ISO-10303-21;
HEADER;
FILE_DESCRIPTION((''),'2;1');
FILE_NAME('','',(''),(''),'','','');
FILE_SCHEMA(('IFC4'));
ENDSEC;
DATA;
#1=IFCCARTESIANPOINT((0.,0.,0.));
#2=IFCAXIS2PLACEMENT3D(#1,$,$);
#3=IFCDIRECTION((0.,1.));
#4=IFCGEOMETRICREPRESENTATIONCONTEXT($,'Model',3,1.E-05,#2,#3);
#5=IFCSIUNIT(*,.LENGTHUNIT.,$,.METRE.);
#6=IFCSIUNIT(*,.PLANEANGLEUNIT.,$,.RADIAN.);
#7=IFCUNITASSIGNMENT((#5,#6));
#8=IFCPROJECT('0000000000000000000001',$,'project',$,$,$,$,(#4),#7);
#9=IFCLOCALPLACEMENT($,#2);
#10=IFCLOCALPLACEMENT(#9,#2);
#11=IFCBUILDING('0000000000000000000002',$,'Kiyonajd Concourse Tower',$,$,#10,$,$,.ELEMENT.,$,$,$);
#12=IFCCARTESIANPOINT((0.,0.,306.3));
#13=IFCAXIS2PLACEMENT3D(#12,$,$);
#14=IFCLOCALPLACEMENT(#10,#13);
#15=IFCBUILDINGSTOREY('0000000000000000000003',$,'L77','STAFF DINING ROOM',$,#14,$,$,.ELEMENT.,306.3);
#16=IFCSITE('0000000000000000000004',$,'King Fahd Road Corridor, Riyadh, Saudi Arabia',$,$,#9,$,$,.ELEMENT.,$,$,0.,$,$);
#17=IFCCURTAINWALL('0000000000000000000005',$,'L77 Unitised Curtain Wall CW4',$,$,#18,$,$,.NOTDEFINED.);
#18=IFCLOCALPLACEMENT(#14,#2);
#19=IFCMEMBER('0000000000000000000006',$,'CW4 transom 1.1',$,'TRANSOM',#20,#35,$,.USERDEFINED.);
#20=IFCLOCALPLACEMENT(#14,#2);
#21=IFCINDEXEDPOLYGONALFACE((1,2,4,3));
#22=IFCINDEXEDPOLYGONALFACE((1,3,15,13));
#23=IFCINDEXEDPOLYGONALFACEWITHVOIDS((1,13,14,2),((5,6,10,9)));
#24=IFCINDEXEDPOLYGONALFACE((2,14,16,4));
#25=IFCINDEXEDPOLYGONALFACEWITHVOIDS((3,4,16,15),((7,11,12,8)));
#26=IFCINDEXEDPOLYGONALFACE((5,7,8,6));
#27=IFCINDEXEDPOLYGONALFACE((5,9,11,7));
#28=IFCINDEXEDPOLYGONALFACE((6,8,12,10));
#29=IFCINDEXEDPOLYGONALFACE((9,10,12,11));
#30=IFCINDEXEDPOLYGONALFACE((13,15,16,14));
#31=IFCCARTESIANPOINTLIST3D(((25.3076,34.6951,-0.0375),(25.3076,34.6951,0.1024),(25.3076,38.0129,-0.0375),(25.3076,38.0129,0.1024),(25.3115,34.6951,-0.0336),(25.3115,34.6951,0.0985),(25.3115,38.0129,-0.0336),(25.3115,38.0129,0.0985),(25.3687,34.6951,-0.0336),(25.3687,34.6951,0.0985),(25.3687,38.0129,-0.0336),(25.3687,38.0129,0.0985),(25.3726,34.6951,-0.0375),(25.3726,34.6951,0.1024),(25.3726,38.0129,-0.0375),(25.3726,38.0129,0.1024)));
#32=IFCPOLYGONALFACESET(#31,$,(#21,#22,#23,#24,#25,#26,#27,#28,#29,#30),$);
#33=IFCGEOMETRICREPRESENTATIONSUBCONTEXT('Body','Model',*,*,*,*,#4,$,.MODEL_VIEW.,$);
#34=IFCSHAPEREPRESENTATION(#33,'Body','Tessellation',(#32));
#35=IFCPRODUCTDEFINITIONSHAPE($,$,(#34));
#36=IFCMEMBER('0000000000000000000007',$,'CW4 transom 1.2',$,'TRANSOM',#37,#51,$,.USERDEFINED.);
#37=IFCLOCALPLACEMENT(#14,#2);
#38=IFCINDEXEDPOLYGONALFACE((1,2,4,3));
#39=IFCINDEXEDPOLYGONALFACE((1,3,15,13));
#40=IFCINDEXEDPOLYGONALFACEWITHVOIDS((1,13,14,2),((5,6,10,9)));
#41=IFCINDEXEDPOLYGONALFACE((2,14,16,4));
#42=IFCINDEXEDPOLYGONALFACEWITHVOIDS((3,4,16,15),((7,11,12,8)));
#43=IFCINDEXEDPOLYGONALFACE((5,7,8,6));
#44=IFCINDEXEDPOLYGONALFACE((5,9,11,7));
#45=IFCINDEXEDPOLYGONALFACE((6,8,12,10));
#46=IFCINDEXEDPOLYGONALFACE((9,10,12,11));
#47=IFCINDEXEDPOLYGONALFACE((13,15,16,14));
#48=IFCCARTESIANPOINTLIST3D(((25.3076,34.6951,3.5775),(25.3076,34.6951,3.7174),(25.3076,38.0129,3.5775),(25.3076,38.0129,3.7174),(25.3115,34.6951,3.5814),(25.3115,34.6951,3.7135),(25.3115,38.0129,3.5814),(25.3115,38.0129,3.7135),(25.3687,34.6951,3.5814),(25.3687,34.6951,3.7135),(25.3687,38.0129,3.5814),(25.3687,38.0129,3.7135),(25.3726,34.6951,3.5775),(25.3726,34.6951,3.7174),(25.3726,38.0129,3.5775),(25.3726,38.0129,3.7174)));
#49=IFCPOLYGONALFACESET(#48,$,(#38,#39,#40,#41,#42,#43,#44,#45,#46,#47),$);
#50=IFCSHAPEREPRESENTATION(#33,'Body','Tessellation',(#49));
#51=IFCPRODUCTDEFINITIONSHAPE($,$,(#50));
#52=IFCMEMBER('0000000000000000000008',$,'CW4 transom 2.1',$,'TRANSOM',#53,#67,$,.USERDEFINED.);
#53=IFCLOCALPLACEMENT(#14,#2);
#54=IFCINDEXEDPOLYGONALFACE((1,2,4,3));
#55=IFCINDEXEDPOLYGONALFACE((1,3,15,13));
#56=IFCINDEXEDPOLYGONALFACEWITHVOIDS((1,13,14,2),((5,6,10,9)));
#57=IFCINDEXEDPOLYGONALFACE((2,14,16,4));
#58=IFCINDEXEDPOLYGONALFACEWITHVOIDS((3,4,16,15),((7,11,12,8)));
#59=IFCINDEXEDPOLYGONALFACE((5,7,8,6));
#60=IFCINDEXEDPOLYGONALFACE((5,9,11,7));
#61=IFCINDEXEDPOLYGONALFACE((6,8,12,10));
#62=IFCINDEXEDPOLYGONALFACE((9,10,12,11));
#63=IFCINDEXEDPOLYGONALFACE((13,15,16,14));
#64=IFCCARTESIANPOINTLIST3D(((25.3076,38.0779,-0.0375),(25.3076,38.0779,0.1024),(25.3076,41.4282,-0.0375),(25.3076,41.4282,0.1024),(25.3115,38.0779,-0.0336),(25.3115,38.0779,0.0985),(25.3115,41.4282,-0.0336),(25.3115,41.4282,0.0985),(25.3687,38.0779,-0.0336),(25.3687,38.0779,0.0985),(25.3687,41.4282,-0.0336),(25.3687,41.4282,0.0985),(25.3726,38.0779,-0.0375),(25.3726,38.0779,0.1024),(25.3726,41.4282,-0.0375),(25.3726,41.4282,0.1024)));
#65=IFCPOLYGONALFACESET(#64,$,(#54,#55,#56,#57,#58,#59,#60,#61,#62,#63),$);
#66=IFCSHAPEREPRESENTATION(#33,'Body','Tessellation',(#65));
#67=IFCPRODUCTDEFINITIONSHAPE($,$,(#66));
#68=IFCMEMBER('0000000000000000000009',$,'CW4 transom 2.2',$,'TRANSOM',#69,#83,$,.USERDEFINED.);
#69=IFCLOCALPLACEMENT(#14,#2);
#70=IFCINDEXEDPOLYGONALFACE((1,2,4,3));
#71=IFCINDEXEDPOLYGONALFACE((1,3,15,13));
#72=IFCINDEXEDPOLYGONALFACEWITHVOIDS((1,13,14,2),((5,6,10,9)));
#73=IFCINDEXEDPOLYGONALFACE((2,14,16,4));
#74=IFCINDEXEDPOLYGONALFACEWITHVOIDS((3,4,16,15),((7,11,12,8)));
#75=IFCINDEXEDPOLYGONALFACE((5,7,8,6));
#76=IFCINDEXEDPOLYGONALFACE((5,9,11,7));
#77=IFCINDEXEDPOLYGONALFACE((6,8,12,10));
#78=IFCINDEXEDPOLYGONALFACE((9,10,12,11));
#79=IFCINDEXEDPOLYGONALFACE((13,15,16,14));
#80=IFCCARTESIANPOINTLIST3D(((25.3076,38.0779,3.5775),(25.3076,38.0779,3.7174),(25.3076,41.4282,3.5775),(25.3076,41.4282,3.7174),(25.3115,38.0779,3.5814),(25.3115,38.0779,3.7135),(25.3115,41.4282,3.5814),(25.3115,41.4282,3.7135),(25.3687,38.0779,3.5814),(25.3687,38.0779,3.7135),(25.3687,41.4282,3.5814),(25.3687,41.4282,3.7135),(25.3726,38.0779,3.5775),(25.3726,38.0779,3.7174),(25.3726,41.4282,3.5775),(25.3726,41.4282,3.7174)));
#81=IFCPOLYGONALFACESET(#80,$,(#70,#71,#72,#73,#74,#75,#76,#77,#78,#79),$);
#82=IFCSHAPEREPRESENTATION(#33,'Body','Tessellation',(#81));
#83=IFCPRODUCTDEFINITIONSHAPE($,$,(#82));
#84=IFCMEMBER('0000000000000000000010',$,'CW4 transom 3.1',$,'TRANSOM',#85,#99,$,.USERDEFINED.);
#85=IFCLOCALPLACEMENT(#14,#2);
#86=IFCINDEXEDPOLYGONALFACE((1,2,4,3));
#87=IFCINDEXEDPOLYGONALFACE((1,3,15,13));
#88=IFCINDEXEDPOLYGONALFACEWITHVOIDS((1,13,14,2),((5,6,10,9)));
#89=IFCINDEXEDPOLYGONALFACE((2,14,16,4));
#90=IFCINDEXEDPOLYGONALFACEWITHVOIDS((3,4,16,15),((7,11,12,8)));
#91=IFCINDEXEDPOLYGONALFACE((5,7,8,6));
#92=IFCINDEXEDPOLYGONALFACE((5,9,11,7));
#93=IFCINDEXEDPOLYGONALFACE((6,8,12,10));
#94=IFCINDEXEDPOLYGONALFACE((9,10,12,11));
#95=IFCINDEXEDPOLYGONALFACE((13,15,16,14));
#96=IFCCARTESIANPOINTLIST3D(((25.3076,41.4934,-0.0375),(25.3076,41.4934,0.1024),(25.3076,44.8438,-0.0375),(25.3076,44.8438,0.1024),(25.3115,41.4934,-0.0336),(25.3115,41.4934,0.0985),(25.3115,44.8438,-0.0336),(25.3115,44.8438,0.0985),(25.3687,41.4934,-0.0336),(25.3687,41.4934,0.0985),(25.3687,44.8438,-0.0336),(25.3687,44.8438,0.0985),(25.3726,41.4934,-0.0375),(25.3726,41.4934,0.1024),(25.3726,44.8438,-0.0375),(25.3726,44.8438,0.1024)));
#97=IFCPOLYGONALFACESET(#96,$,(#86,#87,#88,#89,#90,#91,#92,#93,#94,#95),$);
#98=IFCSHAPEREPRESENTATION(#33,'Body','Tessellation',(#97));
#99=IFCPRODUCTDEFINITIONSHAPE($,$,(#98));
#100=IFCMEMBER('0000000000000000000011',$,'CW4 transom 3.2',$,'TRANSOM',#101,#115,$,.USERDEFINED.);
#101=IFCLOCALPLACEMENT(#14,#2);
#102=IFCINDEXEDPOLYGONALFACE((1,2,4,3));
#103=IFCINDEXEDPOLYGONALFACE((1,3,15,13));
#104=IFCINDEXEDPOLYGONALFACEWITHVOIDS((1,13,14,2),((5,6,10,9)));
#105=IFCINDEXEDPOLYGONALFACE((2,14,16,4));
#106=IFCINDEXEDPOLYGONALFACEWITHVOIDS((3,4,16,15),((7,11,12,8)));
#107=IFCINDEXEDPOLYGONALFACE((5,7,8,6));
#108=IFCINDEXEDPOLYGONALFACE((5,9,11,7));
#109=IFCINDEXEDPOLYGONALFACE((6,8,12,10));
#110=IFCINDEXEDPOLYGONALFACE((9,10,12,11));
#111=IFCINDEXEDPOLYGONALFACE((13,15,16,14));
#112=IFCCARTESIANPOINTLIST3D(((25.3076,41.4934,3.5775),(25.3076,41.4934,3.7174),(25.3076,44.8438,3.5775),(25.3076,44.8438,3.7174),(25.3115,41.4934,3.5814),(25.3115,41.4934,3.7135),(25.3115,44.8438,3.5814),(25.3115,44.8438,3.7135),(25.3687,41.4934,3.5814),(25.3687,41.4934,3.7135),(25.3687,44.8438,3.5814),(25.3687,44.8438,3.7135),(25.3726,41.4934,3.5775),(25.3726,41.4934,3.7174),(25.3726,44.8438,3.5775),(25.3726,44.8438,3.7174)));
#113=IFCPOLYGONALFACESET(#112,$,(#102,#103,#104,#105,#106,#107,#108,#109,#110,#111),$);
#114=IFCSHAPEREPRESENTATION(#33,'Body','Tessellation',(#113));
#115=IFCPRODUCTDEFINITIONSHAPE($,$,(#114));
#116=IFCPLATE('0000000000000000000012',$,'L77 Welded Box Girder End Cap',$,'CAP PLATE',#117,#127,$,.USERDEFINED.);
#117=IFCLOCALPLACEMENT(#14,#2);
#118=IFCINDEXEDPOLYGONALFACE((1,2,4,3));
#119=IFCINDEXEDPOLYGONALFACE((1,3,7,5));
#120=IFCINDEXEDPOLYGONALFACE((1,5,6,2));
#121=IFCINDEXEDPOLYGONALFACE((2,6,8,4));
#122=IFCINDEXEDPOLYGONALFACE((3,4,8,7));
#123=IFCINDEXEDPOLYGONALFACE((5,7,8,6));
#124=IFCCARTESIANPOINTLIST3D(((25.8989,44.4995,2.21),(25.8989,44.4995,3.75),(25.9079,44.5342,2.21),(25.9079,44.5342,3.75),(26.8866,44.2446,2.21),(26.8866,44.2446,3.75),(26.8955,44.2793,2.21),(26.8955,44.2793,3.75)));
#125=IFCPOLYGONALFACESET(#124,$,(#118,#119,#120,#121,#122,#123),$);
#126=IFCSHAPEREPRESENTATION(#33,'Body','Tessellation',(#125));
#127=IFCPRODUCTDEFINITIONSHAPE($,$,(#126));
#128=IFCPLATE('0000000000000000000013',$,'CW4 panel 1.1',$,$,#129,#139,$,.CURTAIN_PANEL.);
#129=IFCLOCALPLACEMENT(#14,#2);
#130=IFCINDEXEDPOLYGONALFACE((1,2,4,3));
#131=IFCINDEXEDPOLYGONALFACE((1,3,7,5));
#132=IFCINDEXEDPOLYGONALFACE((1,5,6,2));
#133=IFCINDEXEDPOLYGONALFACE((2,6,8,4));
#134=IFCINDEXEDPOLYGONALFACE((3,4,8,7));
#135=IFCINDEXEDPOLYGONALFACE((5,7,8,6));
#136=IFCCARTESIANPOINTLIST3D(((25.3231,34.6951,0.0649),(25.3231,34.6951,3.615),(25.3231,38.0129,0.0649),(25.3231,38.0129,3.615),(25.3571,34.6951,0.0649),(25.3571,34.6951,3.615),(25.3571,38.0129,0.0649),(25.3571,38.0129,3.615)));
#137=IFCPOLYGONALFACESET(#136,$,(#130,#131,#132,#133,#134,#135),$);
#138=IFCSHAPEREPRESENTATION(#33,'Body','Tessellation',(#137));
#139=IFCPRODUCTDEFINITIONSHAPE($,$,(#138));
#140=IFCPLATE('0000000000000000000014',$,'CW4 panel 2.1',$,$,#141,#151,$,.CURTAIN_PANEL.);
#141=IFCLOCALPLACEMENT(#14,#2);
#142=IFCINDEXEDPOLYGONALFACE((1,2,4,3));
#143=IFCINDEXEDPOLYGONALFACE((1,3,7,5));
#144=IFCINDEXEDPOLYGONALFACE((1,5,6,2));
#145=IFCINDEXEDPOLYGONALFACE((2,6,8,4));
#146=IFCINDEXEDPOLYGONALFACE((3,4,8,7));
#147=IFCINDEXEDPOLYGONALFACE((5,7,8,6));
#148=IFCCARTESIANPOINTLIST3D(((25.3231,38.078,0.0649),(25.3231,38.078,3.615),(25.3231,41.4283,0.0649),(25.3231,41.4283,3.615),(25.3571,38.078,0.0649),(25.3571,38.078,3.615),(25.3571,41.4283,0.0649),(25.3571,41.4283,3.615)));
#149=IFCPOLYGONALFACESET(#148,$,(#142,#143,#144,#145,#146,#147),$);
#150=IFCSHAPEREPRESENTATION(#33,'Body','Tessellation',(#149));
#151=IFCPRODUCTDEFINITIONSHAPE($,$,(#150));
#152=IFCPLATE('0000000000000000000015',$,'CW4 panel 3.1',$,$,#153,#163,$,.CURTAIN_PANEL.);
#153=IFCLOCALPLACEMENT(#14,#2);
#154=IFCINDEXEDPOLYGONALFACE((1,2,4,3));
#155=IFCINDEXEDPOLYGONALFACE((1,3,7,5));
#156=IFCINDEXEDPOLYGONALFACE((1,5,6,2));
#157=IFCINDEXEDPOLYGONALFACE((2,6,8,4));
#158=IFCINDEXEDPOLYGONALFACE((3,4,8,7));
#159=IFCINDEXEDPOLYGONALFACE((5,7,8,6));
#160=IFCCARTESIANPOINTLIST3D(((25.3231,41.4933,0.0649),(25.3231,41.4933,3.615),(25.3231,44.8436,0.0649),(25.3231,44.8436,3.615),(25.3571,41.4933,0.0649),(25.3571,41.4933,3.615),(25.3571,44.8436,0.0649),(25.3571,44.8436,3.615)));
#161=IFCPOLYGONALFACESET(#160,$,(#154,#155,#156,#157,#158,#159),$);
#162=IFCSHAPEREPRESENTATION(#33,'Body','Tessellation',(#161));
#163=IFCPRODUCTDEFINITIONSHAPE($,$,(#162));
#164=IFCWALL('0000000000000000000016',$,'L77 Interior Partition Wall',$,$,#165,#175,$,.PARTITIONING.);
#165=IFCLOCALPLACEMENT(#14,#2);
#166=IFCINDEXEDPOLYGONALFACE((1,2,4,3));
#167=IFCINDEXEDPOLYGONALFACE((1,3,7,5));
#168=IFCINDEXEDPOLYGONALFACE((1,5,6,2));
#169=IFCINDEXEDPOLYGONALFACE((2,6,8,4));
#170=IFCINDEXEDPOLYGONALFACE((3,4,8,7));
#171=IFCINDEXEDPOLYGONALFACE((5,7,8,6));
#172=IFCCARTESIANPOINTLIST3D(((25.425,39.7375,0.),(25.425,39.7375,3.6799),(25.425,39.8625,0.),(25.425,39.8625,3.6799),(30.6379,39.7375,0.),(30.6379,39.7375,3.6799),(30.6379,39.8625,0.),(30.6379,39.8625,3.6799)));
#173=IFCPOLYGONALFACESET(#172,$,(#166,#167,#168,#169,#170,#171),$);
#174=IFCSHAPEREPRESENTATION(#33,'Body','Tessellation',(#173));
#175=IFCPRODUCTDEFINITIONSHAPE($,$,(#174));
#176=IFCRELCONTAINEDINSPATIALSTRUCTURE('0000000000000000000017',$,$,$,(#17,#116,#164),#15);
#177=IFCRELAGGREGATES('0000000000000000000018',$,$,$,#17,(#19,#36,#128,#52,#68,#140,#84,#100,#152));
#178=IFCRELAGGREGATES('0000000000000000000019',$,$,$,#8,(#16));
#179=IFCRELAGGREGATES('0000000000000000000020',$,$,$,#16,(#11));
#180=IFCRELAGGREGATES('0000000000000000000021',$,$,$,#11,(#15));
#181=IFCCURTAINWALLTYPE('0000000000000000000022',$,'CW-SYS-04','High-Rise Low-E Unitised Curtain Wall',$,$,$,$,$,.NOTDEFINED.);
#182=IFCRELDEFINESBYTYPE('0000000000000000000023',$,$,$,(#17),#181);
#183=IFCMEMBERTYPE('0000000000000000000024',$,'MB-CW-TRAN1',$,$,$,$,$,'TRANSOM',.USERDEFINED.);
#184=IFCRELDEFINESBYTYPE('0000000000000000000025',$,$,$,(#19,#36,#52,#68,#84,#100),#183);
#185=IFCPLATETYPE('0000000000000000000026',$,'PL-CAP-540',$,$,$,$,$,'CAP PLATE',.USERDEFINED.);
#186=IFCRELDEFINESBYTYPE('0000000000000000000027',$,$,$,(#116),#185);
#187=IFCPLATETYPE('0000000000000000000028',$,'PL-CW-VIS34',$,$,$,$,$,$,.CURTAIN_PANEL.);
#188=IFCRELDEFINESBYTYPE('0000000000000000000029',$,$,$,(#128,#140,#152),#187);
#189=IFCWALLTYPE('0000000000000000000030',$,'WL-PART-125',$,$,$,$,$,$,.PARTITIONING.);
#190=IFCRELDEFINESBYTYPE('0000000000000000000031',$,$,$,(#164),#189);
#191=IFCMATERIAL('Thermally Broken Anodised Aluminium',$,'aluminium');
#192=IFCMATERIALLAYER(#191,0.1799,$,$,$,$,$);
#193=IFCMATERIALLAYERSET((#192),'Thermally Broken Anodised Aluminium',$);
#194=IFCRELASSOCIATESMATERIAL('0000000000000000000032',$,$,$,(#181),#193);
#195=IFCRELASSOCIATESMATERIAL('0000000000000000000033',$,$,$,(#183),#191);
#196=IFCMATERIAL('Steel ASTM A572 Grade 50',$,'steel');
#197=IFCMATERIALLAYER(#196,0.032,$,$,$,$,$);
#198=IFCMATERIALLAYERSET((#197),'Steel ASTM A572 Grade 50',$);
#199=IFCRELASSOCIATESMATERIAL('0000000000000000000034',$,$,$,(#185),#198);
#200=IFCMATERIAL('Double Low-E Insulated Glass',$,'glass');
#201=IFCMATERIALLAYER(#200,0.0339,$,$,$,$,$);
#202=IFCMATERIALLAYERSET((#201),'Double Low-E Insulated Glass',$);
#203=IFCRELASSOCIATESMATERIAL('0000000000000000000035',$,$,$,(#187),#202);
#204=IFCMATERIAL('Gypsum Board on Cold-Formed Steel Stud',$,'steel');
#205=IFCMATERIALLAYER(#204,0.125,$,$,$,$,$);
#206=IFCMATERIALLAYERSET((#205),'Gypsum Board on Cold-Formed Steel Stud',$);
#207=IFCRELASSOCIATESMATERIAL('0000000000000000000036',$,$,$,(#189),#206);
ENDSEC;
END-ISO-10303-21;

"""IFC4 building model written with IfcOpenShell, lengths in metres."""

from ifc_helpers import new_model, si_unit, direction, frame, frame_2d, origin, origin_2d, place, context, subcontext, project, spatial, rectangle, hollow_rectangle, extrude, material, layer, layer_set, material_profile, profile_set, type_object, element, aggregate, save


model = new_model("IFC4")

# Units and contexts
model_context = context("Model", 3, precision=1e-05, world=origin(), true_north=direction((0.0, 1.0)))
body_context = subcontext(model_context, "Body", "Model", "MODEL_VIEW")
ifc_project = project(units=[si_unit("LENGTHUNIT", "METRE"), si_unit("PLANEANGLEUNIT", "RADIAN")], contexts=[model_context])

# Site, building, storey
site_placement = place(None, origin())
site = spatial("IfcSite", under=ifc_project, at=site_placement, Name="King Fahd Road Corridor, Riyadh, Saudi Arabia", CompositionType="ELEMENT", RefElevation=0.0)
building_placement = place(site_placement, origin())
building = spatial("IfcBuilding", under=site, at=building_placement, Name="Kiyonajd Concourse Tower", CompositionType="ELEMENT")
storey_placement = place(building_placement, frame((0.0, 0.0, 306.3)))
storey = spatial("IfcBuildingStorey", under=building, at=storey_placement, Name="L77", Description="STAFF DINING ROOM", CompositionType="ELEMENT", Elevation=306.3)

# Curtain wall, members
ifc_material_1 = material(Name="Thermally Broken Anodised Aluminium", Category="aluminium")
ifc_layer_1 = layer(ifc_material_1, 0.1799)
ifc_layer_set_1 = layer_set([ifc_layer_1], Name="Thermally Broken Anodised Aluminium")
curtain_wall_type = type_object("IfcCurtainWallType", Name="CW-SYS-04", Description="High-Rise Low-E Unitised Curtain Wall", PredefinedType="NOTDEFINED", material=ifc_layer_set_1)
curtain_wall_placement = place(storey_placement, origin())
curtain_wall = element("IfcCurtainWall", 1, at=curtain_wall_placement, inside=storey, type_object=curtain_wall_type, Name="L77 Unitised Curtain Wall CW4", PredefinedType="NOTDEFINED")
ifc_material_profile_1 = material_profile(ifc_material_1, hollow_rectangle(XDim=0.0649, YDim=0.1399, WallThickness=0.0039, at=origin_2d()), Name="TRAN-65x140")
ifc_profile_set_1 = profile_set([ifc_material_profile_1], Name="Thermally Broken Anodised Aluminium")
member_type_1 = type_object("IfcMemberType", Name="MB-CW-TRAN1", ElementType="TRANSOM", PredefinedType="USERDEFINED", material=ifc_profile_set_1)
member_1_placement = place(storey_placement, frame((25.3401, 34.6951, 0.0325), z_axis=(0.0, 1.0, 0.0), x_axis=(-1.0, 0.0, 0.0)))
member_1 = element("IfcMember", 2, at=member_1_placement, type_object=member_type_1, Name="CW4 transom 1.1", ObjectType="TRANSOM", PredefinedType="USERDEFINED", context=body_context, shape_type="SweptSolid", body=[
    extrude(hollow_rectangle(XDim=0.0649, YDim=0.1399, WallThickness=0.0039, at=origin_2d()), origin(), (0.0, 0.0, 1.0), 3.3179),
])
member_2_placement = place(storey_placement, frame((25.3401, 34.6951, 3.6475), z_axis=(0.0, 1.0, 0.0), x_axis=(-1.0, 0.0, 0.0)))
member_2 = element("IfcMember", 3, at=member_2_placement, type_object=member_type_1, Name="CW4 transom 1.2", ObjectType="TRANSOM", PredefinedType="USERDEFINED", context=body_context, shape_type="SweptSolid", body=[
    extrude(hollow_rectangle(XDim=0.0649, YDim=0.1399, WallThickness=0.0039, at=origin_2d()), origin(), (0.0, 0.0, 1.0), 3.3179),
])
member_3_placement = place(storey_placement, frame((25.3401, 38.0779, 0.0325), z_axis=(0.0, 1.0, 0.0), x_axis=(-1.0, 0.0, 0.0)))
member_3 = element("IfcMember", 4, at=member_3_placement, type_object=member_type_1, Name="CW4 transom 2.1", ObjectType="TRANSOM", PredefinedType="USERDEFINED", context=body_context, shape_type="SweptSolid", body=[
    extrude(hollow_rectangle(XDim=0.0649, YDim=0.1399, WallThickness=0.0039, at=origin_2d()), origin(), (0.0, 0.0, 1.0), 3.3503),
])
member_4_placement = place(storey_placement, frame((25.3401, 38.0779, 3.6475), z_axis=(0.0, 1.0, 0.0), x_axis=(-1.0, 0.0, 0.0)))
member_4 = element("IfcMember", 5, at=member_4_placement, type_object=member_type_1, Name="CW4 transom 2.2", ObjectType="TRANSOM", PredefinedType="USERDEFINED", context=body_context, shape_type="SweptSolid", body=[
    extrude(hollow_rectangle(XDim=0.0649, YDim=0.1399, WallThickness=0.0039, at=origin_2d()), origin(), (0.0, 0.0, 1.0), 3.3503),
])
member_5_placement = place(storey_placement, frame((25.3401, 41.4934, 0.0325), z_axis=(0.0, 1.0, 0.0), x_axis=(-1.0, 0.0, 0.0)))
member_5 = element("IfcMember", 6, at=member_5_placement, type_object=member_type_1, Name="CW4 transom 3.1", ObjectType="TRANSOM", PredefinedType="USERDEFINED", context=body_context, shape_type="SweptSolid", body=[
    extrude(hollow_rectangle(XDim=0.0649, YDim=0.1399, WallThickness=0.0039, at=origin_2d()), origin(), (0.0, 0.0, 1.0), 3.3503),
])
member_6_placement = place(storey_placement, frame((25.3401, 41.4934, 3.6475), z_axis=(0.0, 1.0, 0.0), x_axis=(-1.0, 0.0, 0.0)))
member_6 = element("IfcMember", 7, at=member_6_placement, type_object=member_type_1, Name="CW4 transom 3.2", ObjectType="TRANSOM", PredefinedType="USERDEFINED", context=body_context, shape_type="SweptSolid", body=[
    extrude(hollow_rectangle(XDim=0.0649, YDim=0.1399, WallThickness=0.0039, at=origin_2d()), origin(), (0.0, 0.0, 1.0), 3.3503),
])

# Plates
ifc_material_2 = material(Name="Steel ASTM A572 Grade 50", Category="steel")
ifc_layer_2 = layer(ifc_material_2, 0.032)
ifc_layer_set_2 = layer_set([ifc_layer_2], Name="Steel ASTM A572 Grade 50")
plate_type_1 = type_object("IfcPlateType", Name="PL-CAP-540", ElementType="CAP PLATE", PredefinedType="USERDEFINED", material=ifc_layer_set_2)
plate_1_placement = place(storey_placement, frame((26.3972, 44.3894, 2.21), z_axis=(0.0, 0.0, 1.0), x_axis=(-0.249873, -0.968279, 0.0)))
element("IfcPlate", 8, at=plate_1_placement, inside=storey, type_object=plate_type_1, Name="L77 Welded Box Girder End Cap", ObjectType="CAP PLATE", PredefinedType="USERDEFINED", context=body_context, shape_type="SweptSolid", body=[
    extrude(rectangle(XDim=0.0359, YDim=1.02, at=origin_2d()), origin(), (0.0, 0.0, 1.0), 1.54),
])
ifc_material_3 = material(Name="Double Low-E Insulated Glass", Category="glass")
ifc_layer_3 = layer(ifc_material_3, 0.0339)
ifc_layer_set_3 = layer_set([ifc_layer_3], Name="Double Low-E Insulated Glass")
plate_type_2 = type_object("IfcPlateType", Name="PL-CW-VIS34", PredefinedType="CURTAIN_PANEL", material=ifc_layer_set_3)
plate_2_placement = place(storey_placement, frame((25.3401, 36.354, 0.0649), z_axis=(0.0, 0.0, 1.0), x_axis=(0.0, 1.0, 0.0)))
plate_2 = element("IfcPlate", 9, at=plate_2_placement, type_object=plate_type_2, Name="CW4 panel 1.1", PredefinedType="CURTAIN_PANEL", context=body_context, shape_type="SweptSolid", body=[
    extrude(rectangle(XDim=3.3179, YDim=0.0339, at=origin_2d()), origin(), (0.0, 0.0, 1.0), 3.55),
])
plate_3_placement = place(storey_placement, frame((25.3401, 39.7532, 0.0649), z_axis=(0.0, 0.0, 1.0), x_axis=(0.0, 1.0, 0.0)))
plate_3 = element("IfcPlate", 10, at=plate_3_placement, type_object=plate_type_2, Name="CW4 panel 2.1", PredefinedType="CURTAIN_PANEL", context=body_context, shape_type="SweptSolid", body=[
    extrude(rectangle(XDim=3.3503, YDim=0.0339, at=origin_2d()), origin(), (0.0, 0.0, 1.0), 3.55),
])
plate_4_placement = place(storey_placement, frame((25.3401, 43.1685, 0.0649), z_axis=(0.0, 0.0, 1.0), x_axis=(0.0, 1.0, 0.0)))
plate_4 = element("IfcPlate", 11, at=plate_4_placement, type_object=plate_type_2, Name="CW4 panel 3.1", PredefinedType="CURTAIN_PANEL", context=body_context, shape_type="SweptSolid", body=[
    extrude(rectangle(XDim=3.3503, YDim=0.0339, at=origin_2d()), origin(), (0.0, 0.0, 1.0), 3.55),
])
aggregate(curtain_wall, [member_1, member_2, plate_2, member_3, member_4, plate_3, member_5, member_6, plate_4])

# Wall
ifc_material_4 = material(Name="Gypsum Board on Cold-Formed Steel Stud", Category="steel")
ifc_layer_4 = layer(ifc_material_4, 0.125)
ifc_layer_set_4 = layer_set([ifc_layer_4], Name="Gypsum Board on Cold-Formed Steel Stud")
wall_type = type_object("IfcWallType", Name="WL-PART-125", PredefinedType="PARTITIONING", material=ifc_layer_set_4)
wall_placement = place(storey_placement, frame((25.425, 39.8, 0.0), z_axis=(0.0, 0.0, 1.0), x_axis=(1.0, 0.0, 0.0)))
element("IfcWall", 12, at=wall_placement, inside=storey, type_object=wall_type, Name="L77 Interior Partition Wall", PredefinedType="PARTITIONING", context=body_context, shape_type="SweptSolid", body=[
    extrude(rectangle(XDim=5.2129, YDim=0.125, at=frame_2d((2.6064, 0.0))), origin(), (0.0, 0.0, 1.0), 3.6799),
])

save(model, "model.ifc")
